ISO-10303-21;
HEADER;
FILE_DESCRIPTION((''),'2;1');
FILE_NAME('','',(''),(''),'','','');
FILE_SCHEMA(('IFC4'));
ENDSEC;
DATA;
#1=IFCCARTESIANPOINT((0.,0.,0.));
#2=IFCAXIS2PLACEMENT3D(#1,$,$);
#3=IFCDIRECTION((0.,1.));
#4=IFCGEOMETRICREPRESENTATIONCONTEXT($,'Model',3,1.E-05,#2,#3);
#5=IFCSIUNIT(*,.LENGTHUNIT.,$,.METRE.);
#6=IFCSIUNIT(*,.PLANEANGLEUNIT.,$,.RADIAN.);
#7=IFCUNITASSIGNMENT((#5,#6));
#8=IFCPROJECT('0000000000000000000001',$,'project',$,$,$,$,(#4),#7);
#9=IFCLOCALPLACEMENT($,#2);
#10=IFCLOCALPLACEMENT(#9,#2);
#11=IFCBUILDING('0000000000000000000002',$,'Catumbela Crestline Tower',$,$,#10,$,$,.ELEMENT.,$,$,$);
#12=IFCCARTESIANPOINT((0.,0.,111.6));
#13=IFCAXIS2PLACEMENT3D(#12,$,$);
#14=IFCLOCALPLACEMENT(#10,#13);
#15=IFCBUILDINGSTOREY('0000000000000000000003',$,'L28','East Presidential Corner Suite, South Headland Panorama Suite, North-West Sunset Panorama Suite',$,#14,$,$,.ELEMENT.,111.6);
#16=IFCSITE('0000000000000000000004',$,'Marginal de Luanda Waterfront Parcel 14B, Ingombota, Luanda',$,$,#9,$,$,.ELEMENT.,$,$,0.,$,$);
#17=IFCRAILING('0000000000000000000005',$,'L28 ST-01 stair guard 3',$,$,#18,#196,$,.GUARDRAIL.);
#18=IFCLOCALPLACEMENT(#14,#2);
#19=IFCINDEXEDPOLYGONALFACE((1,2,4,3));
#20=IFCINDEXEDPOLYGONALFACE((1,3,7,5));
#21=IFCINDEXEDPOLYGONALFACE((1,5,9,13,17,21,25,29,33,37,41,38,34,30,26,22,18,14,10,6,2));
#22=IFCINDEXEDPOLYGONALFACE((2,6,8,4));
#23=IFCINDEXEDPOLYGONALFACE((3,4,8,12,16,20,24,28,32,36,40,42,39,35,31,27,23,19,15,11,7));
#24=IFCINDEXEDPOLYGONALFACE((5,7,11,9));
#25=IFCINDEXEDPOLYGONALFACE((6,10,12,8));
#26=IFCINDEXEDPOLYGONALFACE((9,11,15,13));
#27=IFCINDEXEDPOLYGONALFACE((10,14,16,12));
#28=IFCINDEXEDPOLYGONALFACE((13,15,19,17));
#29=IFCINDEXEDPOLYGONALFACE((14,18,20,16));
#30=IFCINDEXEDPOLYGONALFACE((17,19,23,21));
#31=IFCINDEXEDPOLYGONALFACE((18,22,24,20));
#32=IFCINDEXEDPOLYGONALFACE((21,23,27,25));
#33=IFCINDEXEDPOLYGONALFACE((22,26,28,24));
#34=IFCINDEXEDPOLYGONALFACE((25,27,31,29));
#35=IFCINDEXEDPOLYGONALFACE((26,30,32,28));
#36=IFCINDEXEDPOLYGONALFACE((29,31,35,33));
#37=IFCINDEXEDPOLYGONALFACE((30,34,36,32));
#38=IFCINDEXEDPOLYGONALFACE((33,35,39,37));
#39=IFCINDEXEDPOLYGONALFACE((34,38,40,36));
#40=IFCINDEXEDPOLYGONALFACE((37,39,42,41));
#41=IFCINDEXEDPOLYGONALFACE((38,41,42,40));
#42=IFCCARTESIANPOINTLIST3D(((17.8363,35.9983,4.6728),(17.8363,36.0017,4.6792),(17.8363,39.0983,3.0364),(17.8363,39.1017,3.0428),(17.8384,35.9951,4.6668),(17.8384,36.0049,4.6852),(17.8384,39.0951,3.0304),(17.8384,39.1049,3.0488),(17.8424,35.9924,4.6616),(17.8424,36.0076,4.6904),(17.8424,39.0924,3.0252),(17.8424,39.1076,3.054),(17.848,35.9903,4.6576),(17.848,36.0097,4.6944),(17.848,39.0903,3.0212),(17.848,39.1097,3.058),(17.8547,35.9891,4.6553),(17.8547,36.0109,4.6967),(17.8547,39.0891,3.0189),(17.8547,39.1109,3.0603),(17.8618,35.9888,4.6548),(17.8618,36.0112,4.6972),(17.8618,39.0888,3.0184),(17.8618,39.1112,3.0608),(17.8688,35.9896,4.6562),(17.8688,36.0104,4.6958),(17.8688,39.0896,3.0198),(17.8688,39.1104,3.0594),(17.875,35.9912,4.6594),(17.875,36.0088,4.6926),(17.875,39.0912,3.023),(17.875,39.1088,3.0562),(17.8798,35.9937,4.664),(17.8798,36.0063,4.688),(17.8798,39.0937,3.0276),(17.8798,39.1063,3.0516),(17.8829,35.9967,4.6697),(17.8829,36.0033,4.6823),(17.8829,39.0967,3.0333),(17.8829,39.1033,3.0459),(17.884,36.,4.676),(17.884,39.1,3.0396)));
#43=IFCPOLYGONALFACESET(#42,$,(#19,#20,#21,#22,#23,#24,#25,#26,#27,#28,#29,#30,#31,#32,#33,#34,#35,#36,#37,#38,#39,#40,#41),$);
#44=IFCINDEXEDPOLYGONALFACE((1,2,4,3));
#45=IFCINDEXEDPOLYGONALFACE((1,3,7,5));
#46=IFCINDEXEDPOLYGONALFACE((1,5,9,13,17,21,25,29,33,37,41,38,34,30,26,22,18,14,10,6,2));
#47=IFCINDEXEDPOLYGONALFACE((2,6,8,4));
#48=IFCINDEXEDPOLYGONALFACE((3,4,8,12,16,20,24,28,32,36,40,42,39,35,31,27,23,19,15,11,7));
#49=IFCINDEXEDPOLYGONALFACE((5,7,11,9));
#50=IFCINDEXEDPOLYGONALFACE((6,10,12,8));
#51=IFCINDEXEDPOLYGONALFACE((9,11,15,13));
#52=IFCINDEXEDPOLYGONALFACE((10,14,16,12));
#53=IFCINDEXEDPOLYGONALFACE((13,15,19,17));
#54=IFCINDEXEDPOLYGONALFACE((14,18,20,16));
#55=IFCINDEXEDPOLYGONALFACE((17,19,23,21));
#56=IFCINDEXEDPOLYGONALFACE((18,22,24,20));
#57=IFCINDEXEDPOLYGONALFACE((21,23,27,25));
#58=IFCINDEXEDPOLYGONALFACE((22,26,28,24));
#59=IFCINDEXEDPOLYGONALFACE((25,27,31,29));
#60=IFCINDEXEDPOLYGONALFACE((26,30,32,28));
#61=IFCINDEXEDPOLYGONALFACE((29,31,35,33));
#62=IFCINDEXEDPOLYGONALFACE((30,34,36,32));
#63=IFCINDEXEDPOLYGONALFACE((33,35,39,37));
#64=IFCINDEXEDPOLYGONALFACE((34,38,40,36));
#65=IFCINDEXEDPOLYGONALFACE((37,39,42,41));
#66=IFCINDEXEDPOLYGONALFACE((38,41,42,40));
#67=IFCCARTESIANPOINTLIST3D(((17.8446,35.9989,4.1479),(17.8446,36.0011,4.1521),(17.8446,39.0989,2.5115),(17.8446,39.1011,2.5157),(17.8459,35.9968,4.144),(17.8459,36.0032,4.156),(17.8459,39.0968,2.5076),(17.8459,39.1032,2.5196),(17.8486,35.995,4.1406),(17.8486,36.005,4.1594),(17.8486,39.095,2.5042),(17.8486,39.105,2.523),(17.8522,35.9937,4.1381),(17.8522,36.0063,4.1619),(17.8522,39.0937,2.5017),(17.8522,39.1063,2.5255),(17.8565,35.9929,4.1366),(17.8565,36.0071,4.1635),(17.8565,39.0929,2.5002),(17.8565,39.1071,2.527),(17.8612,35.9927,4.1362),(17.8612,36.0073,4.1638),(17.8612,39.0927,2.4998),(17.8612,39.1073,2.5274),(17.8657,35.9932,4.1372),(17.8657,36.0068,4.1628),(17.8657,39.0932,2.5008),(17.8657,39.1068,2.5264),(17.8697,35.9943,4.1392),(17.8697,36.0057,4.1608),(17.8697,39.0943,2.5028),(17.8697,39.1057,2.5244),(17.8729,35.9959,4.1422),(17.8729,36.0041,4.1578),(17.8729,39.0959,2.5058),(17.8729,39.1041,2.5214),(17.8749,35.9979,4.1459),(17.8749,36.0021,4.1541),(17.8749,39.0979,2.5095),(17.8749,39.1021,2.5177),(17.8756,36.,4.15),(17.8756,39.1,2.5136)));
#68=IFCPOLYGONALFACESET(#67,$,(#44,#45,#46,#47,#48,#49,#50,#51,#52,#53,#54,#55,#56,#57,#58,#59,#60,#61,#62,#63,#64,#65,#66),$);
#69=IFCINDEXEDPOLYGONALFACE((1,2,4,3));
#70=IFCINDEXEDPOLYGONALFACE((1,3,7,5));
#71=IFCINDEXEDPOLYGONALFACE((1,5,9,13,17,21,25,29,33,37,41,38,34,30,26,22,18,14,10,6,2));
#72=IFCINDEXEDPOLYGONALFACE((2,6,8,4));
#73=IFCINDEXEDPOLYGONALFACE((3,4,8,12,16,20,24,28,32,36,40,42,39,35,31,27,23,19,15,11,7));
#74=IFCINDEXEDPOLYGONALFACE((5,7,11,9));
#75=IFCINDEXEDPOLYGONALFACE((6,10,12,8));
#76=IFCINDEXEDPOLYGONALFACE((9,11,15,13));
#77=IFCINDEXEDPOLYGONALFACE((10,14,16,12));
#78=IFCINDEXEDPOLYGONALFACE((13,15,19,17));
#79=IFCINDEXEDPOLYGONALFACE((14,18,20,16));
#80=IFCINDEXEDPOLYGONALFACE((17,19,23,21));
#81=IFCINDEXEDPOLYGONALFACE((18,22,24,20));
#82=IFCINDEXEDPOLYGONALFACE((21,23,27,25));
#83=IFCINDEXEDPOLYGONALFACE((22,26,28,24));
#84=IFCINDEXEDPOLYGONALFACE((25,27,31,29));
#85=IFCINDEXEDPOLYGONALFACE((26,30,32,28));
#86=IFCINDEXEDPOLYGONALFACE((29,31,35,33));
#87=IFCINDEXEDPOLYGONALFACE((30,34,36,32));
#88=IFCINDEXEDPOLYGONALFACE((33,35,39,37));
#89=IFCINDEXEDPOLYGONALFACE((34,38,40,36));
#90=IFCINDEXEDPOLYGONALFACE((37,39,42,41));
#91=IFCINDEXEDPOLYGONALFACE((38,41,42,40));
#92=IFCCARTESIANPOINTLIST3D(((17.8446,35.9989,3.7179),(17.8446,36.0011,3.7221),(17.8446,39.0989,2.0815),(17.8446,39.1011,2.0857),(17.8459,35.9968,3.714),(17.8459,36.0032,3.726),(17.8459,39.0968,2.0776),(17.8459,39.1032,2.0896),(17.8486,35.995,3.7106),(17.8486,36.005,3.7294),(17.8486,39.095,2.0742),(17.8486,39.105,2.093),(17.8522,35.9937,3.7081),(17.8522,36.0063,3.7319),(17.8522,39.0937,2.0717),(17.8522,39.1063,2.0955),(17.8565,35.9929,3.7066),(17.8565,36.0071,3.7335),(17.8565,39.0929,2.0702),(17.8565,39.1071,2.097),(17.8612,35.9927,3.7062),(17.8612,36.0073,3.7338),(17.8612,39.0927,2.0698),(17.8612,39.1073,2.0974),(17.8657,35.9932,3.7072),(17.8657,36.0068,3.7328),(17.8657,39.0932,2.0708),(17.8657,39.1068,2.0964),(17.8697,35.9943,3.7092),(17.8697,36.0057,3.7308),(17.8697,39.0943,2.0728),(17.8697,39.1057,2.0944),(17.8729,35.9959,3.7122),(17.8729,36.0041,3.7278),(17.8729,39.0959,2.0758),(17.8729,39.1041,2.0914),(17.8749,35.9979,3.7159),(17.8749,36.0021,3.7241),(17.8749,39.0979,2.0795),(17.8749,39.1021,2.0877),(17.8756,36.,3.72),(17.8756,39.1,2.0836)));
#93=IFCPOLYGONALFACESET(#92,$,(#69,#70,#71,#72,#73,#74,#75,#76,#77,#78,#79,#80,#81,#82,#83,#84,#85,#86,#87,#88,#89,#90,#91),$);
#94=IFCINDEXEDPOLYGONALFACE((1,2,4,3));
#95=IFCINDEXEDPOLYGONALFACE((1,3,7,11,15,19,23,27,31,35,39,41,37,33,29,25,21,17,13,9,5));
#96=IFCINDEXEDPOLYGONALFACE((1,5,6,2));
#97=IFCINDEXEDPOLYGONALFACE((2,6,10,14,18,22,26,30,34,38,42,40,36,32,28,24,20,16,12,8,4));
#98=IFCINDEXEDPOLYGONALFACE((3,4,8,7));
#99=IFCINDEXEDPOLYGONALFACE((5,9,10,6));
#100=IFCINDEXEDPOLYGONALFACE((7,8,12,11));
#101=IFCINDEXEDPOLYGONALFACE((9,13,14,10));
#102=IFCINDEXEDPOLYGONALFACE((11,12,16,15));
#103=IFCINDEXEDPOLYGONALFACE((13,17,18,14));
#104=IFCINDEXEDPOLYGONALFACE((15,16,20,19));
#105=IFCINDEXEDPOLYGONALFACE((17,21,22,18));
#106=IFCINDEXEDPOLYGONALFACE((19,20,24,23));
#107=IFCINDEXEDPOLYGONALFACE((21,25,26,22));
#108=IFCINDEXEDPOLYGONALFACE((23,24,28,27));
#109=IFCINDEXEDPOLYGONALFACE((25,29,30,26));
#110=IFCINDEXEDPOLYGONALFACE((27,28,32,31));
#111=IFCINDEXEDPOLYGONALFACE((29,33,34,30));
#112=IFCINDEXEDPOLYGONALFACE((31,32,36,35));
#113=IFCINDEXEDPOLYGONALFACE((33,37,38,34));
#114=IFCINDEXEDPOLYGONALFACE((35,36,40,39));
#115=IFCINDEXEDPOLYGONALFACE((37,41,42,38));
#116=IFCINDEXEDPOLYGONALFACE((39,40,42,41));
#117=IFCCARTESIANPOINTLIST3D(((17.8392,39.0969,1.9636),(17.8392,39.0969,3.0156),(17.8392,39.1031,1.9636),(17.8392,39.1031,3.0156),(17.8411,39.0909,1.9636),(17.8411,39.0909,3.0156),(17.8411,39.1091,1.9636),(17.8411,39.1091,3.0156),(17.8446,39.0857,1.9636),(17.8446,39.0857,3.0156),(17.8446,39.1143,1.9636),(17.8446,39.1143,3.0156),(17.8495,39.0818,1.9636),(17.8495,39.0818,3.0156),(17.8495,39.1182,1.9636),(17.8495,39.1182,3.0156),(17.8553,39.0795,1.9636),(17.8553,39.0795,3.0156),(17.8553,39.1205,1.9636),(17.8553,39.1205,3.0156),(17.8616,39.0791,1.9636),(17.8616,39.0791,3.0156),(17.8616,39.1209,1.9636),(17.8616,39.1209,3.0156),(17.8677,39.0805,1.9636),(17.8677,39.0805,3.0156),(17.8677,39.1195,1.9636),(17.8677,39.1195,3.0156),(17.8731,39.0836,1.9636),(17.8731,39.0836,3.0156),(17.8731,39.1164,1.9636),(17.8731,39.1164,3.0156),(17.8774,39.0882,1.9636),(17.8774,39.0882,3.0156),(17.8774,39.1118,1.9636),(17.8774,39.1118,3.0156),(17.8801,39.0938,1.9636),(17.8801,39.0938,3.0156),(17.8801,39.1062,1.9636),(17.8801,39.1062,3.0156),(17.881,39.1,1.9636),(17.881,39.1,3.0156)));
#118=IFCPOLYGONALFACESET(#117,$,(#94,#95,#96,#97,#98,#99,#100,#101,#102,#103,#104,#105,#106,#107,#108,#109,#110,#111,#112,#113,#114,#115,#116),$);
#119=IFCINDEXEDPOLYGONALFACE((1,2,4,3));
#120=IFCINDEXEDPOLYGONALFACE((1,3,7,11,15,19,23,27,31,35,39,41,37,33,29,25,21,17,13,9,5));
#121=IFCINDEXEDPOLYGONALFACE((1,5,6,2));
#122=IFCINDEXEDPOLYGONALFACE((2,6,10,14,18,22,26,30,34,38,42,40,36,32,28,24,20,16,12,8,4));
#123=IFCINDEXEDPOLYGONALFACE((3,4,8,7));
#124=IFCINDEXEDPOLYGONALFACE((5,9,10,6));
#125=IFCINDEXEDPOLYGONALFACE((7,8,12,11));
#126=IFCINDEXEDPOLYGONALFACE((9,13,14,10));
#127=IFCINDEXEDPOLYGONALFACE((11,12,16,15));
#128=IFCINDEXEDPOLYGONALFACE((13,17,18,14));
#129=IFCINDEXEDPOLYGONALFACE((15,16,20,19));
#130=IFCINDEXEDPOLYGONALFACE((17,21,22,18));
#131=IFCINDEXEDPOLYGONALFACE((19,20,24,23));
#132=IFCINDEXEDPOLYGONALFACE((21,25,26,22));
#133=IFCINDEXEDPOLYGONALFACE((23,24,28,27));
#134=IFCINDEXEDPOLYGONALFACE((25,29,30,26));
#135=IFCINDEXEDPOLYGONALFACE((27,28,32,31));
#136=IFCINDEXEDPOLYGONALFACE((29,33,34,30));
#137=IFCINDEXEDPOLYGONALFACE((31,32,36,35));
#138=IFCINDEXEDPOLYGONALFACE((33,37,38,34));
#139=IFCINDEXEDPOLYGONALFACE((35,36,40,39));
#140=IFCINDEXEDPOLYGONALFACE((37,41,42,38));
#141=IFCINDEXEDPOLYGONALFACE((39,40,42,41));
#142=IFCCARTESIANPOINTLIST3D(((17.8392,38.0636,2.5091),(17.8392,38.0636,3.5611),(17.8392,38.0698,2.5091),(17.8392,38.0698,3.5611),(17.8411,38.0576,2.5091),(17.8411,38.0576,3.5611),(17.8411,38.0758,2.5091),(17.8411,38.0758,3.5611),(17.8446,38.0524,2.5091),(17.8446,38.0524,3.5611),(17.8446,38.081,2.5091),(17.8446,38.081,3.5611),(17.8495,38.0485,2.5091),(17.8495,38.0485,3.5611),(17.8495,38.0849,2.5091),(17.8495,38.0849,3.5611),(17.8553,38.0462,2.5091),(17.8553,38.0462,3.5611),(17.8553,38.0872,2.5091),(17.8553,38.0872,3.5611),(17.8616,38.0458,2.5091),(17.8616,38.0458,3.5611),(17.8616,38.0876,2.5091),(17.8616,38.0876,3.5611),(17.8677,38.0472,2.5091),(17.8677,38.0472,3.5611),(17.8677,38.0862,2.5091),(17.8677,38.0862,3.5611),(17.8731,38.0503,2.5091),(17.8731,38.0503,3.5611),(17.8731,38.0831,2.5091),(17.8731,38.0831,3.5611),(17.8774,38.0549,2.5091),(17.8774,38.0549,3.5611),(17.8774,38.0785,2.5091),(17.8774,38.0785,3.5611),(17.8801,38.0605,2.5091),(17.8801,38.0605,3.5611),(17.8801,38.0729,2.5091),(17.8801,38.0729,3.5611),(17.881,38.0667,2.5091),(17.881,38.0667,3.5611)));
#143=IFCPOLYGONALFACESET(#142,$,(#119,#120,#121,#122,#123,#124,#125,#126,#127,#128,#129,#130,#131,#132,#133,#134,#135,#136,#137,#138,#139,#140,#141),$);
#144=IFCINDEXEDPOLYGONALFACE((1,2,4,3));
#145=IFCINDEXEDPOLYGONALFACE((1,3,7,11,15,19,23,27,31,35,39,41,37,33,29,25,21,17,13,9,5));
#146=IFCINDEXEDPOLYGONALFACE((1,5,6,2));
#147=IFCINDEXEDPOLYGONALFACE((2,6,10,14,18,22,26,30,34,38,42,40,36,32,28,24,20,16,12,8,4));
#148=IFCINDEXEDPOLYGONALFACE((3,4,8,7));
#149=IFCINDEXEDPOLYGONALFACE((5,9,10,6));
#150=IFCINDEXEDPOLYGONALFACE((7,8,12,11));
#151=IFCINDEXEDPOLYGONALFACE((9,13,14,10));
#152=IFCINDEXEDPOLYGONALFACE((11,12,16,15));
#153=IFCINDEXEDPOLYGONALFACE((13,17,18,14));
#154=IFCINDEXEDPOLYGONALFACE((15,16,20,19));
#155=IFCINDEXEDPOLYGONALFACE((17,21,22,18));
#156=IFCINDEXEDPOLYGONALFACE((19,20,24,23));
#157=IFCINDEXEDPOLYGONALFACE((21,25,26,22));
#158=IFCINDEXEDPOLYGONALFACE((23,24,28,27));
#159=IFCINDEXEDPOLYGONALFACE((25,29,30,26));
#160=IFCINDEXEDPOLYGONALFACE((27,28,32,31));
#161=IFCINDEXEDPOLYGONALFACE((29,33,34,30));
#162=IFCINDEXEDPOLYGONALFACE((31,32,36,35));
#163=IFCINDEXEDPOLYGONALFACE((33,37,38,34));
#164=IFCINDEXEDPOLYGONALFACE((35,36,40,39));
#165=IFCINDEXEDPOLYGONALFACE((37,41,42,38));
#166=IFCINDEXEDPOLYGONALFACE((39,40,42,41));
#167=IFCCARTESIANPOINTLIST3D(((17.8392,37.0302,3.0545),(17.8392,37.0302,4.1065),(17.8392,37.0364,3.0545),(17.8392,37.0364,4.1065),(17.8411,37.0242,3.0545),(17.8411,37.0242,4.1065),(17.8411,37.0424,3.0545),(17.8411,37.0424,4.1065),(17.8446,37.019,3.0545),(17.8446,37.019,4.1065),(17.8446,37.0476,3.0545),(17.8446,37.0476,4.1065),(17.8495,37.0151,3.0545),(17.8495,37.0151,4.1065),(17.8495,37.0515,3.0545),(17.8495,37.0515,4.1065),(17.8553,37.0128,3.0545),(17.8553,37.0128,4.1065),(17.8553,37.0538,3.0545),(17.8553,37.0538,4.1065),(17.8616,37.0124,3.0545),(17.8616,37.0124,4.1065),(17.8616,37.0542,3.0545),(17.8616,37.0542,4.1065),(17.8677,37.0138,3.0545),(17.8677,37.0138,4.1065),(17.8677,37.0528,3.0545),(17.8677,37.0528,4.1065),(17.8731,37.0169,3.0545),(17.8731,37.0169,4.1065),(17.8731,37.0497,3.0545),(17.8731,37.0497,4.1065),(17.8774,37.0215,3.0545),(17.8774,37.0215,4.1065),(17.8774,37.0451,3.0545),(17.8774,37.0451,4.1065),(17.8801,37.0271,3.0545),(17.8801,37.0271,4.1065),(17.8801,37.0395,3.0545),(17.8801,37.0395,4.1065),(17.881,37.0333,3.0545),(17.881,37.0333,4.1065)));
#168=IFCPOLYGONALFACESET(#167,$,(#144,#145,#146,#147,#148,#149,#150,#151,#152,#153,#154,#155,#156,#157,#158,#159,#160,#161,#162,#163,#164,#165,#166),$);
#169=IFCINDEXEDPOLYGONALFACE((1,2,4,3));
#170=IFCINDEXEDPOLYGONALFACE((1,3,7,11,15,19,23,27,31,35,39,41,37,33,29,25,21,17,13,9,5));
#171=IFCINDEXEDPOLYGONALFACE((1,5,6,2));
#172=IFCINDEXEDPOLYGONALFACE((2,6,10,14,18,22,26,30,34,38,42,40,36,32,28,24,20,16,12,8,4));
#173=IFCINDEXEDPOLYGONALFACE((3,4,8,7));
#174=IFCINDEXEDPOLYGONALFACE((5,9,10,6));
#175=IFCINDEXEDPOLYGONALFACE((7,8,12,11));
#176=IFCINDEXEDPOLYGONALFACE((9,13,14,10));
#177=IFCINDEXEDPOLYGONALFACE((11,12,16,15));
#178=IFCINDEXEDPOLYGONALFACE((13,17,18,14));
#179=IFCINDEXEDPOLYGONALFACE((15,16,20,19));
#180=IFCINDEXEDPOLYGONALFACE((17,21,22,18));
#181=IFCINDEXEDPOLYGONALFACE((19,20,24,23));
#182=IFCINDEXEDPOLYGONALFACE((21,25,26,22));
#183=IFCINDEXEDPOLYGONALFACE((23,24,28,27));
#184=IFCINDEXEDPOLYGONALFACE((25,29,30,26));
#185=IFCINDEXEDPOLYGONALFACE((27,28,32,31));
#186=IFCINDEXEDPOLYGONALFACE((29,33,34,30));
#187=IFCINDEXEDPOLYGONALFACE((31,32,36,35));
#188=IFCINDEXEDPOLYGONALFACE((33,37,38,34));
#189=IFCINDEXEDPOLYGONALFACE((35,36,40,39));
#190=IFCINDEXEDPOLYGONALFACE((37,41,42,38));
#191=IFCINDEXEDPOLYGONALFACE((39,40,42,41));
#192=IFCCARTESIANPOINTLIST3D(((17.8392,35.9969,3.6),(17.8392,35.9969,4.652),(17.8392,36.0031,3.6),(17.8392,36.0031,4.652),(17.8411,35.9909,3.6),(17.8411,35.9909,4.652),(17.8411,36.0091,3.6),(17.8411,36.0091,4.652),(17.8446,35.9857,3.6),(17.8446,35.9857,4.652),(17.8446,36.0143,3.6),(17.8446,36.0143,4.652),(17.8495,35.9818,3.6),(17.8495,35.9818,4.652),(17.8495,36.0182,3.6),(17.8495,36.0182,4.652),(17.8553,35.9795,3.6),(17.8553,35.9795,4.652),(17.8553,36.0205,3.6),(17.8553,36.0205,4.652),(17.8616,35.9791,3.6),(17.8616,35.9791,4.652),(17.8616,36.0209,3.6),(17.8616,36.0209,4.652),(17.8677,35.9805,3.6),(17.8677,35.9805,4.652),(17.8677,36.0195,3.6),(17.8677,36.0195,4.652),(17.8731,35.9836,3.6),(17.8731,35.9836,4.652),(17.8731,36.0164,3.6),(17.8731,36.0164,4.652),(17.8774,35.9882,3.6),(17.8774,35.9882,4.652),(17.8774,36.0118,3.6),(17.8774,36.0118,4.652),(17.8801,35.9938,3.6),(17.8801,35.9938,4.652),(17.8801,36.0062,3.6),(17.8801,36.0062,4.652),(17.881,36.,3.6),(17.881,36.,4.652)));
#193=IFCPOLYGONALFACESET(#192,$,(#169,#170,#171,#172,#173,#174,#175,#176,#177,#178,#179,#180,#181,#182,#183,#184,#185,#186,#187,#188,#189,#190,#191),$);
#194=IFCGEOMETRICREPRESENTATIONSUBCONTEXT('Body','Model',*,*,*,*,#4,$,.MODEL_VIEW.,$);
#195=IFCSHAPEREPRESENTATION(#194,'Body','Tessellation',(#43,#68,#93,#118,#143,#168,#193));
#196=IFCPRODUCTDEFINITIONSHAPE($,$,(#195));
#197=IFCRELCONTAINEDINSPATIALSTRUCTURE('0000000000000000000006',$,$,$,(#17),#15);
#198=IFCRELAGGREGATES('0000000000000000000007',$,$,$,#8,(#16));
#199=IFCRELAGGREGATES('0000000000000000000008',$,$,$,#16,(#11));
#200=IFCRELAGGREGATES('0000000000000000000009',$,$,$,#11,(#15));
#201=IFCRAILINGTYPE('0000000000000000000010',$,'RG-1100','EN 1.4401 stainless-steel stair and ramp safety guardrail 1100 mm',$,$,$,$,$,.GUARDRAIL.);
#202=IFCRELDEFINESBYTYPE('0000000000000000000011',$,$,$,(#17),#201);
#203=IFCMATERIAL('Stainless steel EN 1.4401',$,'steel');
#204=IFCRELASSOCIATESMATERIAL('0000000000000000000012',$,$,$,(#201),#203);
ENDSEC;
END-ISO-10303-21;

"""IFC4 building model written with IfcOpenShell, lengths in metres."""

from ifc_helpers import new_model, si_unit, direction, frame, origin, origin_2d, place, context, subcontext, project, spatial, circle, extrude, material, type_object, element, save


model = new_model("IFC4")

# Units and contexts
model_context = context("Model", 3, precision=1e-05, world=origin(), true_north=direction((0.0, 1.0)))
body_context = subcontext(model_context, "Body", "Model", "MODEL_VIEW")
ifc_project = project(units=[si_unit("LENGTHUNIT", "METRE"), si_unit("PLANEANGLEUNIT", "RADIAN")], contexts=[model_context])

# Site, building, storey
site_placement = place(None, origin())
site = spatial("IfcSite", under=ifc_project, at=site_placement, Name="Marginal de Luanda Waterfront Parcel 14B, Ingombota, Luanda", CompositionType="ELEMENT", RefElevation=0.0)
building_placement = place(site_placement, origin())
building = spatial("IfcBuilding", under=site, at=building_placement, Name="Catumbela Crestline Tower", CompositionType="ELEMENT")
storey_placement = place(building_placement, frame((0.0, 0.0, 111.6)))
storey = spatial("IfcBuildingStorey", under=building, at=storey_placement, Name="L28", Description="East Presidential Corner Suite, South Headland Panorama Suite, North-West Sunset Panorama Suite", CompositionType="ELEMENT", Elevation=111.6)

# Railing
ifc_material_1 = material(Name="Stainless steel EN 1.4401", Category="steel")
railing_type_1 = type_object("IfcRailingType", Name="RG-1100", Description="EN 1.4401 stainless-steel stair and ramp safety guardrail 1100 mm", PredefinedType="GUARDRAIL", material=ifc_material_1)
railing_1_placement = place(storey_placement, frame((17.86, 39.1, 1.9636)))
element("IfcRailing", 1, at=railing_1_placement, inside=storey, type_object=railing_type_1, Name="L28 ST-01 stair guard 3", PredefinedType="GUARDRAIL", context=body_context, shape_type="SweptSolid", body=[
    extrude(circle(Radius=0.024, at=origin_2d()), frame((0.0, 0.0, 1.076), z_axis=(0.0, -0.884351, 0.466823), x_axis=(1.0, 0.0, 0.0)), (0.0, 0.0, 1.0), 3.5054),
    extrude(circle(Radius=0.0156, at=origin_2d()), frame((0.0, 0.0, 0.55), z_axis=(0.0, -0.884351, 0.466823), x_axis=(1.0, 0.0, 0.0)), (0.0, 0.0, 1.0), 3.5054),
    extrude(circle(Radius=0.0156, at=origin_2d()), frame((0.0, 0.0, 0.12), z_axis=(0.0, -0.884351, 0.466823), x_axis=(1.0, 0.0, 0.0)), (0.0, 0.0, 1.0), 3.5054),
    extrude(circle(Radius=0.021, at=origin_2d()), origin(), (0.0, 0.0, 1.0), 1.052),
    extrude(circle(Radius=0.021, at=origin_2d()), frame((0.0, -1.0333, 0.5455)), (0.0, 0.0, 1.0), 1.052),
    extrude(circle(Radius=0.021, at=origin_2d()), frame((0.0, -2.0667, 1.0909)), (0.0, 0.0, 1.0), 1.052),
    extrude(circle(Radius=0.021, at=origin_2d()), frame((0.0, -3.1, 1.6364)), (0.0, 0.0, 1.0), 1.052),
])

save(model, "model.ifc")
